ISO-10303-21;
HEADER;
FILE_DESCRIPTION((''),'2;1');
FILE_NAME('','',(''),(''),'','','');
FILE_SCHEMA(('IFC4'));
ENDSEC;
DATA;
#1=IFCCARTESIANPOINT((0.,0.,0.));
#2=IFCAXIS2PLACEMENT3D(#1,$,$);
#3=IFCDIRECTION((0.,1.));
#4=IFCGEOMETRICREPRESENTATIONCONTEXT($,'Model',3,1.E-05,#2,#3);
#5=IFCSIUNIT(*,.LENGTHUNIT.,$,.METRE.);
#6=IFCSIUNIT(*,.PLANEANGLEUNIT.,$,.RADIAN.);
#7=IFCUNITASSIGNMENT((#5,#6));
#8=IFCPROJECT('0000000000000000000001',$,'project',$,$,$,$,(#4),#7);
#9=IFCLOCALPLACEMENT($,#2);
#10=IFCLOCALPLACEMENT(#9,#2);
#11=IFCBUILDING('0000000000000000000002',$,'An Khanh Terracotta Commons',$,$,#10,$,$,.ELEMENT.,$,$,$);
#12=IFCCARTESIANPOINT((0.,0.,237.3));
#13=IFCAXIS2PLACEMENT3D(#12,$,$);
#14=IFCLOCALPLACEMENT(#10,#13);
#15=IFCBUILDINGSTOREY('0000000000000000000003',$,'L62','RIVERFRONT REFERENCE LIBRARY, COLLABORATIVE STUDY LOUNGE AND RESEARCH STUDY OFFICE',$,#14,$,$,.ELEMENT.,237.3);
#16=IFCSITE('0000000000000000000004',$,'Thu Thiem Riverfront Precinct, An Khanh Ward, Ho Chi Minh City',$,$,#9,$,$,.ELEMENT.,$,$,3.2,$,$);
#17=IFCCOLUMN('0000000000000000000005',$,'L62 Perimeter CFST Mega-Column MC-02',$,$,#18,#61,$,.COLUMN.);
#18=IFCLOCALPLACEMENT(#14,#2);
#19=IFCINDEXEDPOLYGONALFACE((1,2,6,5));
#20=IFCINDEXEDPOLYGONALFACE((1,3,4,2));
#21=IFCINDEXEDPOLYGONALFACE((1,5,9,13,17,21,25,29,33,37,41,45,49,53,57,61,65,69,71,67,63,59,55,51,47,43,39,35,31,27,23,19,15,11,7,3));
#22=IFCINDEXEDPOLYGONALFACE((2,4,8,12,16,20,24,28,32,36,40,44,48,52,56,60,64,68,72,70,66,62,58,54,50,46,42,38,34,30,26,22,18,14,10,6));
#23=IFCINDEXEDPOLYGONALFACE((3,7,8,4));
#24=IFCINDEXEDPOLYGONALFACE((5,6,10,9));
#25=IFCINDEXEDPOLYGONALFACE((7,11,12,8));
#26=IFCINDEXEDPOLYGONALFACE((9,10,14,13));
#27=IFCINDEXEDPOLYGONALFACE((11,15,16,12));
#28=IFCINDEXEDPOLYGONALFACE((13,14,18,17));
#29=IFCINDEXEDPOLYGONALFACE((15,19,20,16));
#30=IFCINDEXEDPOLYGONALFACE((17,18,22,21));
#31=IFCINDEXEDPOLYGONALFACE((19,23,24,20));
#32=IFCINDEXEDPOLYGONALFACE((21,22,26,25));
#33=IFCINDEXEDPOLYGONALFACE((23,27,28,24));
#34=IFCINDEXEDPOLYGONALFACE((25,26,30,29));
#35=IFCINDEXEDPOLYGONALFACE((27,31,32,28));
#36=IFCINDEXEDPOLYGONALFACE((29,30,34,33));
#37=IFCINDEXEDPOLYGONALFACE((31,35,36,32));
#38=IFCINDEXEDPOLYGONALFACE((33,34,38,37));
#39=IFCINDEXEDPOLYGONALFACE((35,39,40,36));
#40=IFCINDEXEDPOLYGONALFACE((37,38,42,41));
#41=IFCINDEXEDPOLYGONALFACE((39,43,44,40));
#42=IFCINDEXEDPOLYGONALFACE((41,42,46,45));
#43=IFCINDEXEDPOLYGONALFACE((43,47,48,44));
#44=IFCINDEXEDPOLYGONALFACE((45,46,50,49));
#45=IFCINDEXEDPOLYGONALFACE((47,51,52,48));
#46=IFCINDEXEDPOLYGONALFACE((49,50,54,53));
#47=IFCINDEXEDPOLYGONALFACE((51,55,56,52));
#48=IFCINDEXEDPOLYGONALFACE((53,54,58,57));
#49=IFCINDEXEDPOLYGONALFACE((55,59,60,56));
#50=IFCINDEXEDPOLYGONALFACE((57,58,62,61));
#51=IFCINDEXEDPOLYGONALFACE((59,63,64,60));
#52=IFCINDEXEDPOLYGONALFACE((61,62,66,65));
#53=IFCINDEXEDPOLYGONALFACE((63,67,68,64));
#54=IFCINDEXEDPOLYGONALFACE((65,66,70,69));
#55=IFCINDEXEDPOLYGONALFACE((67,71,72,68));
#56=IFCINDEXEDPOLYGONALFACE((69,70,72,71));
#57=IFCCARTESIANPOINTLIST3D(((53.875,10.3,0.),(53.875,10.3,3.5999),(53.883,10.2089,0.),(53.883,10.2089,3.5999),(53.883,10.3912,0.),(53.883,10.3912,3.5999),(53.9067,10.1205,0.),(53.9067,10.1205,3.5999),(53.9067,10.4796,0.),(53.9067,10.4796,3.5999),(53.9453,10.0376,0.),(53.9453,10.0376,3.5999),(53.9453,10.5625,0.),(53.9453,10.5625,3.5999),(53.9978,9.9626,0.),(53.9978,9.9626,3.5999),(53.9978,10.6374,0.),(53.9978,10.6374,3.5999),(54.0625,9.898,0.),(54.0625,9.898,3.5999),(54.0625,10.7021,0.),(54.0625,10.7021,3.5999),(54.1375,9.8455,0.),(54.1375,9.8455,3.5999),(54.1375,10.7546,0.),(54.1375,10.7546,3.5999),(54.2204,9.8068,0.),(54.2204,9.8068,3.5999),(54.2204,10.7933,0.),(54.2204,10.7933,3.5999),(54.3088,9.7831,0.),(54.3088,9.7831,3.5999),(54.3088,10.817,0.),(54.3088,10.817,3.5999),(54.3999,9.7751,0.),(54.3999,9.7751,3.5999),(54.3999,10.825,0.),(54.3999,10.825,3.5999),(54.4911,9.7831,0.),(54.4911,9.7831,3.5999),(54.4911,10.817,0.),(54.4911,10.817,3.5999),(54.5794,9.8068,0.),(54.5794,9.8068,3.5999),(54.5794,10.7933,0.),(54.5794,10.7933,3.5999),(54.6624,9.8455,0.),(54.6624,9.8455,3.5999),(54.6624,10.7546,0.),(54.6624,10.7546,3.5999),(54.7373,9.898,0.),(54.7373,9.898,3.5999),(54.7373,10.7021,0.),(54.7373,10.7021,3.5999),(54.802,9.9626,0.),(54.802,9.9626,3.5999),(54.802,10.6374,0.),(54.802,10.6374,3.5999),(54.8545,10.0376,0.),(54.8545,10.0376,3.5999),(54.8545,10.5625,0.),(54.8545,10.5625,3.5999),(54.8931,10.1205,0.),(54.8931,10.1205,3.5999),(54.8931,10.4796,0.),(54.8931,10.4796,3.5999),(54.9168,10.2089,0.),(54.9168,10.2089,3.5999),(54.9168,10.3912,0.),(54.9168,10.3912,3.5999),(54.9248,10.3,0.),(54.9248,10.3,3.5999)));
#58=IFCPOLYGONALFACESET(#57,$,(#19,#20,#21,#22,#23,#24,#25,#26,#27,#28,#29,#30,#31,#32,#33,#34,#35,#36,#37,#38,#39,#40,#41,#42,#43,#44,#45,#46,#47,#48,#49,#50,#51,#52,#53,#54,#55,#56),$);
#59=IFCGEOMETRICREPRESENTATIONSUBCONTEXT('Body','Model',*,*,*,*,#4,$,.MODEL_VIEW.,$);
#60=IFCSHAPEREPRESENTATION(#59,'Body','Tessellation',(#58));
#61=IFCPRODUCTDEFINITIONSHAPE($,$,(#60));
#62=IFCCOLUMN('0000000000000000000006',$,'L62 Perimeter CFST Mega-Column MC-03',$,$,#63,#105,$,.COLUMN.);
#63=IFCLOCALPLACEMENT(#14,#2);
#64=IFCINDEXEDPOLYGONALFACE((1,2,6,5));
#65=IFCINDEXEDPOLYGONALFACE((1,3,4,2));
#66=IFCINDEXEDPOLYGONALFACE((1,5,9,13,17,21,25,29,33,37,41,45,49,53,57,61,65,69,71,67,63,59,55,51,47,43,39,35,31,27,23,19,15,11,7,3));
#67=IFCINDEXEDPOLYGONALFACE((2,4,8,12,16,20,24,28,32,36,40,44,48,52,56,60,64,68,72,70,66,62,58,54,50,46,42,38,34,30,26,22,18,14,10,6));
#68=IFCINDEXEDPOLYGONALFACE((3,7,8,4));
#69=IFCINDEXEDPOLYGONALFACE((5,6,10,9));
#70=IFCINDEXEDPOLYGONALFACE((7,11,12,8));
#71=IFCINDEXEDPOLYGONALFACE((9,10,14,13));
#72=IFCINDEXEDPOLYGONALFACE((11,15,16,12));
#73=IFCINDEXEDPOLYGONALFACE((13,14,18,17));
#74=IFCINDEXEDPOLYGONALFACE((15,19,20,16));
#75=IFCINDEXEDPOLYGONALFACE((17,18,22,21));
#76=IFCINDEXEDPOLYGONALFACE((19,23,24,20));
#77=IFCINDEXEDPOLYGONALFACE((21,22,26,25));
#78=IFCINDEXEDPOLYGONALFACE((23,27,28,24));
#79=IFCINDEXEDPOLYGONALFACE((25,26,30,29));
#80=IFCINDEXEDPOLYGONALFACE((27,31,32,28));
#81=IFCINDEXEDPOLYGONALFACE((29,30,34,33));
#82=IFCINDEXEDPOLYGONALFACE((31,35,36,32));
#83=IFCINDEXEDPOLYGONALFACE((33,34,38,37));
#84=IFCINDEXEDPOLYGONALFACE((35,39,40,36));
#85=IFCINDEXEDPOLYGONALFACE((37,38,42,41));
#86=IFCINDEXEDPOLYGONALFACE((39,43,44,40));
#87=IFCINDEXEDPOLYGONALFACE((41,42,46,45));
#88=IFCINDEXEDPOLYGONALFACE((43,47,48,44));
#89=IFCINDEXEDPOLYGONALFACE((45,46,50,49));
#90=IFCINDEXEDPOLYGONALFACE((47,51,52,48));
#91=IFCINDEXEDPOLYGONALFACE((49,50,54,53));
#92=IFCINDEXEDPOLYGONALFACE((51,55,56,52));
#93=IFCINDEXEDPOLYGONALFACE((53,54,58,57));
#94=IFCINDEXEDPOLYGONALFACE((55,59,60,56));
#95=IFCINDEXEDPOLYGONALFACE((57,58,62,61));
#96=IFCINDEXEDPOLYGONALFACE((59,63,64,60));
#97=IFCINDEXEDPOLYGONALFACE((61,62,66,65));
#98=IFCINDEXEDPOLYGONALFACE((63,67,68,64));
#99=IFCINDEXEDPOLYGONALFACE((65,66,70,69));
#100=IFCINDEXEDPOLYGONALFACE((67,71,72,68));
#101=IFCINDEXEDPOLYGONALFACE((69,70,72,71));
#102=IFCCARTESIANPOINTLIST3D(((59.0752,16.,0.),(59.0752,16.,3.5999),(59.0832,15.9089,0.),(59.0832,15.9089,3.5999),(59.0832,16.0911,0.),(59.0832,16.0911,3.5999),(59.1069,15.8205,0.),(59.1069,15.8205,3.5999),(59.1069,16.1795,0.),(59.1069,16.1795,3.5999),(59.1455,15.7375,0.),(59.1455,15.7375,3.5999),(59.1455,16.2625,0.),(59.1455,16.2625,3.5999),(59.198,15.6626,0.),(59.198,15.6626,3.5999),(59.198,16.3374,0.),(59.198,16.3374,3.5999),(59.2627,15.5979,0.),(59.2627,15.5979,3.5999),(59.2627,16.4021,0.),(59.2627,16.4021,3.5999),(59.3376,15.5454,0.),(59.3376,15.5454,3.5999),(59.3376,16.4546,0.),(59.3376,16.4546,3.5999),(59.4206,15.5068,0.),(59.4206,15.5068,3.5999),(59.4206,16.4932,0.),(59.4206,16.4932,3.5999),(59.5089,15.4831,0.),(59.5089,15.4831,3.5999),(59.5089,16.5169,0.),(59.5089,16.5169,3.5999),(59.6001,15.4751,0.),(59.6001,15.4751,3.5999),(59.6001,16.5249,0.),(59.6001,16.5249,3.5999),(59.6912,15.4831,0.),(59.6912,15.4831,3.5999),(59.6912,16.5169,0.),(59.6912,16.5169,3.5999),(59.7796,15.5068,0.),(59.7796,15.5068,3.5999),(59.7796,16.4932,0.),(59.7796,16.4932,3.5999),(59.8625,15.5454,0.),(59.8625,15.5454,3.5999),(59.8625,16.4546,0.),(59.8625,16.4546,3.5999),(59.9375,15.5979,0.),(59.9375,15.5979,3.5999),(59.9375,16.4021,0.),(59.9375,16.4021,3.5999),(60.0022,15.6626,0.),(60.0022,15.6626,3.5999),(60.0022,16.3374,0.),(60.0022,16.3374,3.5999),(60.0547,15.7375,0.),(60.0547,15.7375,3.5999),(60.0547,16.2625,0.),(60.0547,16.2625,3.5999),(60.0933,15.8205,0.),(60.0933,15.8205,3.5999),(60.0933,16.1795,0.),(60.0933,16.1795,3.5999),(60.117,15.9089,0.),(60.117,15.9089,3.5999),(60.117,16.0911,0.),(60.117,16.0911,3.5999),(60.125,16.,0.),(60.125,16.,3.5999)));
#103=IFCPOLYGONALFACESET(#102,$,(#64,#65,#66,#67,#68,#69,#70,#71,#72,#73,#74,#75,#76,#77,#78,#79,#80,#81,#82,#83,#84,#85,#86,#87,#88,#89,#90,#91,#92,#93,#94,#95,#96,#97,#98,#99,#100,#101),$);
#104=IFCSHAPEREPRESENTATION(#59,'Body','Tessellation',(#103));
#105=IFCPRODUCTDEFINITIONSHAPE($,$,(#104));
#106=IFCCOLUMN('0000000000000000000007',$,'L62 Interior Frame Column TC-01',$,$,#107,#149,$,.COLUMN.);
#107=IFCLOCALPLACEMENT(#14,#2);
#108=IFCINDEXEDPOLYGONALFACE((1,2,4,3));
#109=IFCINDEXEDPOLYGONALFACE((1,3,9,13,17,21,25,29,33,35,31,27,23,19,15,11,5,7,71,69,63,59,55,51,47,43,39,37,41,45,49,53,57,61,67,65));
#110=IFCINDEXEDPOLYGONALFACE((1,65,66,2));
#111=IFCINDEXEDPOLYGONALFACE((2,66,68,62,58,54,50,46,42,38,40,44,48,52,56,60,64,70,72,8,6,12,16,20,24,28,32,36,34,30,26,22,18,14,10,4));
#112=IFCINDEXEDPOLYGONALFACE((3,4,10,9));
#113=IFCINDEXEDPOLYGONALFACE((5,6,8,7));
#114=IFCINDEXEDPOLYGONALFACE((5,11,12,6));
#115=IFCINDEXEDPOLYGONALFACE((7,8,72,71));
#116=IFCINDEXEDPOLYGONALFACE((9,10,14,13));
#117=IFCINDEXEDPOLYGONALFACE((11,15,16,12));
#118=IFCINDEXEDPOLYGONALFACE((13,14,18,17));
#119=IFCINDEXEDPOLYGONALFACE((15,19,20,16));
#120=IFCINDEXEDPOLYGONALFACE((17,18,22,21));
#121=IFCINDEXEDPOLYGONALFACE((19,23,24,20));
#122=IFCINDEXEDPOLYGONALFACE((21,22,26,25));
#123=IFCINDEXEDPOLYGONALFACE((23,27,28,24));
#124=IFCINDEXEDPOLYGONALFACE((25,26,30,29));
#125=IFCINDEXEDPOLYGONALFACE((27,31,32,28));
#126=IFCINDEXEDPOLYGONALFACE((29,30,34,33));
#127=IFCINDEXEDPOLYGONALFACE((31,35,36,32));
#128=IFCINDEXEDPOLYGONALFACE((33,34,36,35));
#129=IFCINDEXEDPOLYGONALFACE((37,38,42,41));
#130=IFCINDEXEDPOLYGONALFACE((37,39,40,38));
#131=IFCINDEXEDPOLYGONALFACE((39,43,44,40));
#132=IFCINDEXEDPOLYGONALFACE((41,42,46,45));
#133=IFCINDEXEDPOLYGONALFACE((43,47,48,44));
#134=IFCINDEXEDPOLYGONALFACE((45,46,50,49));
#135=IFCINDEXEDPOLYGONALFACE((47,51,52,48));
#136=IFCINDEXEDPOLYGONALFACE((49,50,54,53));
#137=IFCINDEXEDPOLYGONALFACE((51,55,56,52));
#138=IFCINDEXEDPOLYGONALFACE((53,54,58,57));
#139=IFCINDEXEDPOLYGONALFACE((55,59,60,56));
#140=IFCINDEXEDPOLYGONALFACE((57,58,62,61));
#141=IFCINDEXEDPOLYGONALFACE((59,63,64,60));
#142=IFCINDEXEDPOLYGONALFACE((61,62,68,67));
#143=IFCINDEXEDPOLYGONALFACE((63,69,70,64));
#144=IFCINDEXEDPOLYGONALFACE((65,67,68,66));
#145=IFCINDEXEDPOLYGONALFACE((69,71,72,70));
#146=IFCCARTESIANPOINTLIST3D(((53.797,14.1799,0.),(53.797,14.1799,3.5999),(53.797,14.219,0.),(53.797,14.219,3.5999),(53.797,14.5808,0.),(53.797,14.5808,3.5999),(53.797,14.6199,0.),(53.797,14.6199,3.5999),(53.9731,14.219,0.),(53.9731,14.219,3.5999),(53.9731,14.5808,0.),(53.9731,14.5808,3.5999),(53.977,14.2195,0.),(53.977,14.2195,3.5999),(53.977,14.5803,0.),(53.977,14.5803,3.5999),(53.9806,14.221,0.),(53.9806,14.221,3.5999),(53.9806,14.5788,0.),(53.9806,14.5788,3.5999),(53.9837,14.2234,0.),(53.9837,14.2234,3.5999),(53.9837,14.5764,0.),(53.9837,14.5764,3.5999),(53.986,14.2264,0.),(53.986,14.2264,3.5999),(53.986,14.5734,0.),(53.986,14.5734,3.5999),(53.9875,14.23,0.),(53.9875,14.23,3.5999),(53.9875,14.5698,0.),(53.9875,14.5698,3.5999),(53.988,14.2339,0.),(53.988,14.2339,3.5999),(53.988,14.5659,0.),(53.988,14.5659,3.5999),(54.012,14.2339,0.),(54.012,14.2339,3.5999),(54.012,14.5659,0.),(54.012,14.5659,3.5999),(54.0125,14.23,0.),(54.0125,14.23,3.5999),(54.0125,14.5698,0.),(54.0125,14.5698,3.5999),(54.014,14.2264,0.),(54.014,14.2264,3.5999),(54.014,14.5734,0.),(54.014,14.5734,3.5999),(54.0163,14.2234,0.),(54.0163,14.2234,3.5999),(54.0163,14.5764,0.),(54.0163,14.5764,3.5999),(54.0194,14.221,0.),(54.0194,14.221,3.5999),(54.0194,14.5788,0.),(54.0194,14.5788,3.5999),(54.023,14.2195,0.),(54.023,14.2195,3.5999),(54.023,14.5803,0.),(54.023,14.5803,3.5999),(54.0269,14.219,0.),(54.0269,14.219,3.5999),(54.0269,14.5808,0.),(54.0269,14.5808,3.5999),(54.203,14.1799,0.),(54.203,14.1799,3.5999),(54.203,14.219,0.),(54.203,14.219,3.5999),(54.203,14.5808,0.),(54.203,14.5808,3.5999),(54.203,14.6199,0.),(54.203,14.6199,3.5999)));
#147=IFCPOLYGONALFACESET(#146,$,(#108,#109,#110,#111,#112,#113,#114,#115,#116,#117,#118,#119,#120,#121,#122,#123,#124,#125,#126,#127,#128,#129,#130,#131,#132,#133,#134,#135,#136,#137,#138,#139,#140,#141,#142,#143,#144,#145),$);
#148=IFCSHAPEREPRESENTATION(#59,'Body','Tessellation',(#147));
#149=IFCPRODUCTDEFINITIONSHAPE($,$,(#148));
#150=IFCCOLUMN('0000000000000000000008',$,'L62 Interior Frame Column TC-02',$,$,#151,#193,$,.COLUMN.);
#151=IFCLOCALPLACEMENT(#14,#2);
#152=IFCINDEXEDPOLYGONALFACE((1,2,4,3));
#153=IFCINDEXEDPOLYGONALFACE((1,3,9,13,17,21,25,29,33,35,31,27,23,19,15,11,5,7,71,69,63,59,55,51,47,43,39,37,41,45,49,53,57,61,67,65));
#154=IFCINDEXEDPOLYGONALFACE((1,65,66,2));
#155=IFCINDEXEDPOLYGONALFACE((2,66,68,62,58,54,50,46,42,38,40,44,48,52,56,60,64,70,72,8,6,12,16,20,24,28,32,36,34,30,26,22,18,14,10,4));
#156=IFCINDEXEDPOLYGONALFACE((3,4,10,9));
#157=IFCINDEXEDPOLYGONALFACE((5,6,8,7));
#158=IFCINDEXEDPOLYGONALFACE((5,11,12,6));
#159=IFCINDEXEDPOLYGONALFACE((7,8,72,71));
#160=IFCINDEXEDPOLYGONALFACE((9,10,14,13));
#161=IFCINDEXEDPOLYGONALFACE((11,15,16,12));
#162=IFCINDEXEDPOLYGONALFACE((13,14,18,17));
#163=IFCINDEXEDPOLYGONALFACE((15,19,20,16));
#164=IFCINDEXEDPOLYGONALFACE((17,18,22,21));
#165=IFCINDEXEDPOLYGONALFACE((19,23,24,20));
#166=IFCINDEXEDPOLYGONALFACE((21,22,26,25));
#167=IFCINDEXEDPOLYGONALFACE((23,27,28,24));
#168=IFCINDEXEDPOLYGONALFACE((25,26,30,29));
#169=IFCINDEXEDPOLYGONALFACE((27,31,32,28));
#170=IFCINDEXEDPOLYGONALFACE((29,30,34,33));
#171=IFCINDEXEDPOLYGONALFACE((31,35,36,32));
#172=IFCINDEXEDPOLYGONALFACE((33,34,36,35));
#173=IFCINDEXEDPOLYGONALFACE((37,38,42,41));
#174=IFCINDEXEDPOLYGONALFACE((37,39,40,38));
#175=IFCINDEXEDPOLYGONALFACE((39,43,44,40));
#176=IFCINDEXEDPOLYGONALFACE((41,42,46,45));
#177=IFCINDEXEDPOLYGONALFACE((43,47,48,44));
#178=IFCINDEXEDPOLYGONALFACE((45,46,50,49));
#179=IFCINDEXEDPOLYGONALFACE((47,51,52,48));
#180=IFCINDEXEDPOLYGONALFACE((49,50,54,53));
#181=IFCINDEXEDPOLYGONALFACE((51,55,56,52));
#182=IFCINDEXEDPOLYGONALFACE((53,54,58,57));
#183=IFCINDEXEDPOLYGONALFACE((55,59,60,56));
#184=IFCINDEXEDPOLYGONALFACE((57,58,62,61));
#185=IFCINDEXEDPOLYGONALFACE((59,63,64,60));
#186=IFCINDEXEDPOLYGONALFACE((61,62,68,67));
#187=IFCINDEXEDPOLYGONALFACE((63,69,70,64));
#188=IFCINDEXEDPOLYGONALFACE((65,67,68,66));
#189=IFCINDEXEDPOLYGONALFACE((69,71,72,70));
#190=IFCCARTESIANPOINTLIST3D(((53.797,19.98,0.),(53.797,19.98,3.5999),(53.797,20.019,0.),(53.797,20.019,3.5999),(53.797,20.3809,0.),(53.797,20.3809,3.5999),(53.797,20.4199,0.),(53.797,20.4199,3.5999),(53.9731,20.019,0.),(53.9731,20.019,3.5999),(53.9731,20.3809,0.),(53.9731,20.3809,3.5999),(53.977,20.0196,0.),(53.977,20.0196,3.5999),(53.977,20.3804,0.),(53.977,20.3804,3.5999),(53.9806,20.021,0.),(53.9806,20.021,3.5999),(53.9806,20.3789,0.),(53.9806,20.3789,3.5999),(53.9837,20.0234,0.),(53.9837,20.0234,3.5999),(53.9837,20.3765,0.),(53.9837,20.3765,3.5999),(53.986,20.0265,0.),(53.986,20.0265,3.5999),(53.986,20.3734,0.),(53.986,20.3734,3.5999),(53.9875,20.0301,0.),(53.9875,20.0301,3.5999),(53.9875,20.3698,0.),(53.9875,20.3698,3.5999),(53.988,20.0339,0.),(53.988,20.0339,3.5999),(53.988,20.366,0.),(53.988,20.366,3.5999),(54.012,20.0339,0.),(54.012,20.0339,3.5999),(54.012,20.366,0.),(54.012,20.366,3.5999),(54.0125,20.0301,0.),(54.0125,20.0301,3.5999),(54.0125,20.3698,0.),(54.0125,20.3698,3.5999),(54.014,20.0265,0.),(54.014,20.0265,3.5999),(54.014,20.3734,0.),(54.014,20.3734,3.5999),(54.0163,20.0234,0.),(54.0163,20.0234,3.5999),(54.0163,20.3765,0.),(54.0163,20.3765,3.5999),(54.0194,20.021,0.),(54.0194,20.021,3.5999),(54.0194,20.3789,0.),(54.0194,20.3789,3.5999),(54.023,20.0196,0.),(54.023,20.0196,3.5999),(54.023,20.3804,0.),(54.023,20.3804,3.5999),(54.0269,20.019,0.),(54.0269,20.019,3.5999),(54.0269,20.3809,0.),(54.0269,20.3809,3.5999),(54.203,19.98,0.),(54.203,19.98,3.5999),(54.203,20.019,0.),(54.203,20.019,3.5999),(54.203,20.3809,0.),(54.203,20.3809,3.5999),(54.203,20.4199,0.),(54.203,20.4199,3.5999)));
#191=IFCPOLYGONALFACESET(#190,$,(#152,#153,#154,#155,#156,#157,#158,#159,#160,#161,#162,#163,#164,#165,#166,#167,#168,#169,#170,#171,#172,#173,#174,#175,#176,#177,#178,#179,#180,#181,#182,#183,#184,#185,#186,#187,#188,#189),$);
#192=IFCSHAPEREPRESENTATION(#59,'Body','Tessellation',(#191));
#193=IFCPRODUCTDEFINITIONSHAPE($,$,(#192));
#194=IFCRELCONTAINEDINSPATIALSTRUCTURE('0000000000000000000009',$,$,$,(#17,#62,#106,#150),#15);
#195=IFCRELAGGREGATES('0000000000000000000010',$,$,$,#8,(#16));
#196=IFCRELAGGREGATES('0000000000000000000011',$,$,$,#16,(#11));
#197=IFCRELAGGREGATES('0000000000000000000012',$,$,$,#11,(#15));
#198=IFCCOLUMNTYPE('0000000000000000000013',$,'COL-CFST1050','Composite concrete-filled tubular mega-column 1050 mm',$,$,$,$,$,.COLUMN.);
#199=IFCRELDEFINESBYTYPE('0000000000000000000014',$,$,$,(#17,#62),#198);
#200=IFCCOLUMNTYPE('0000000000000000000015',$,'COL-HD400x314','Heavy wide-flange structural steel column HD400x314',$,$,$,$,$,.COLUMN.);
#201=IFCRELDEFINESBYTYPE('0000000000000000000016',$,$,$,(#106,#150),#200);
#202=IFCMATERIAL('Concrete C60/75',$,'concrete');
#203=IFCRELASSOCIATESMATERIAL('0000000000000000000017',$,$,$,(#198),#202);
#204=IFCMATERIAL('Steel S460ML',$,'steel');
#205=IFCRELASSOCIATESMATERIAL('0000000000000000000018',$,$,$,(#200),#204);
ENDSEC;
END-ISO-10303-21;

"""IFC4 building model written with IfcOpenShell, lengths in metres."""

from ifc_helpers import new_model, si_unit, direction, frame, origin, origin_2d, place, context, subcontext, project, spatial, circle, i_section, extrude, material, material_profile, profile_set, type_object, element, save


model = new_model("IFC4")

# Units and contexts
model_context = context("Model", 3, precision=1e-05, world=origin(), true_north=direction((0.0, 1.0)))
body_context = subcontext(model_context, "Body", "Model", "MODEL_VIEW")
ifc_project = project(units=[si_unit("LENGTHUNIT", "METRE"), si_unit("PLANEANGLEUNIT", "RADIAN")], contexts=[model_context])

# Site, building, storey
site_placement = place(None, origin())
site = spatial("IfcSite", under=ifc_project, at=site_placement, Name="Thu Thiem Riverfront Precinct, An Khanh Ward, Ho Chi Minh City", CompositionType="ELEMENT", RefElevation=3.2)
building_placement = place(site_placement, origin())
building = spatial("IfcBuilding", under=site, at=building_placement, Name="An Khanh Terracotta Commons", CompositionType="ELEMENT")
storey_placement = place(building_placement, frame((0.0, 0.0, 237.3)))
storey = spatial("IfcBuildingStorey", under=building, at=storey_placement, Name="L62", Description="RIVERFRONT REFERENCE LIBRARY, COLLABORATIVE STUDY LOUNGE AND RESEARCH STUDY OFFICE", CompositionType="ELEMENT", Elevation=237.3)

# Columns
ifc_material_1 = material(Name="Concrete C60/75", Category="concrete")
ifc_material_profile_1 = material_profile(ifc_material_1, circle(Radius=0.5249, at=origin_2d()), Name="CFST1050")
ifc_profile_set_1 = profile_set([ifc_material_profile_1], Name="Concrete C60/75")
column_type_1 = type_object("IfcColumnType", Name="COL-CFST1050", Description="Composite concrete-filled tubular mega-column 1050 mm", PredefinedType="COLUMN", material=ifc_profile_set_1)
for number, where, z_axis, x_axis, name in (
    (1, (54.3999, 10.3, 0.0), (0.0, 0.0, 1.0), (1.0, 0.0, 0.0), "L62 Perimeter CFST Mega-Column MC-02"),
    (2, (59.6001, 16.0, 0.0), (0.0, 0.0, 1.0), (1.0, 0.0, 0.0), "L62 Perimeter CFST Mega-Column MC-03"),
):
    element("IfcColumn", number, at=place(storey_placement, frame(where, z_axis=z_axis, x_axis=x_axis)), inside=storey, type_object=column_type_1, Name=name, PredefinedType="COLUMN", context=body_context, shape_type="SweptSolid", body=[
        extrude(circle(Radius=0.5249, at=origin_2d()), origin(), (0.0, 0.0, 1.0), 3.5999),
    ])
ifc_material_2 = material(Name="Steel S460ML", Category="steel")
ifc_material_profile_2 = material_profile(ifc_material_2, i_section(OverallWidth=0.406, OverallDepth=0.4399, WebThickness=0.0239, FlangeThickness=0.0391, FilletRadius=0.0149, at=origin_2d()), Name="HD400x314")
ifc_profile_set_2 = profile_set([ifc_material_profile_2], Name="Steel S460ML")
column_type_2 = type_object("IfcColumnType", Name="COL-HD400x314", Description="Heavy wide-flange structural steel column HD400x314", PredefinedType="COLUMN", material=ifc_profile_set_2)
for number, where, z_axis, x_axis, name in (
    (3, (54.0, 14.3999, 0.0), (0.0, 0.0, 1.0), (1.0, 0.0, 0.0), "L62 Interior Frame Column TC-01"),
    (4, (54.0, 20.2, 0.0), (0.0, 0.0, 1.0), (1.0, 0.0, 0.0), "L62 Interior Frame Column TC-02"),
):
    element("IfcColumn", number, at=place(storey_placement, frame(where, z_axis=z_axis, x_axis=x_axis)), inside=storey, type_object=column_type_2, Name=name, PredefinedType="COLUMN", context=body_context, shape_type="SweptSolid", body=[
        extrude(i_section(OverallWidth=0.406, OverallDepth=0.4399, WebThickness=0.0239, FlangeThickness=0.0391, FilletRadius=0.0149, at=origin_2d()), origin(), (0.0, 0.0, 1.0), 3.5999),
    ])

save(model, "model.ifc")
